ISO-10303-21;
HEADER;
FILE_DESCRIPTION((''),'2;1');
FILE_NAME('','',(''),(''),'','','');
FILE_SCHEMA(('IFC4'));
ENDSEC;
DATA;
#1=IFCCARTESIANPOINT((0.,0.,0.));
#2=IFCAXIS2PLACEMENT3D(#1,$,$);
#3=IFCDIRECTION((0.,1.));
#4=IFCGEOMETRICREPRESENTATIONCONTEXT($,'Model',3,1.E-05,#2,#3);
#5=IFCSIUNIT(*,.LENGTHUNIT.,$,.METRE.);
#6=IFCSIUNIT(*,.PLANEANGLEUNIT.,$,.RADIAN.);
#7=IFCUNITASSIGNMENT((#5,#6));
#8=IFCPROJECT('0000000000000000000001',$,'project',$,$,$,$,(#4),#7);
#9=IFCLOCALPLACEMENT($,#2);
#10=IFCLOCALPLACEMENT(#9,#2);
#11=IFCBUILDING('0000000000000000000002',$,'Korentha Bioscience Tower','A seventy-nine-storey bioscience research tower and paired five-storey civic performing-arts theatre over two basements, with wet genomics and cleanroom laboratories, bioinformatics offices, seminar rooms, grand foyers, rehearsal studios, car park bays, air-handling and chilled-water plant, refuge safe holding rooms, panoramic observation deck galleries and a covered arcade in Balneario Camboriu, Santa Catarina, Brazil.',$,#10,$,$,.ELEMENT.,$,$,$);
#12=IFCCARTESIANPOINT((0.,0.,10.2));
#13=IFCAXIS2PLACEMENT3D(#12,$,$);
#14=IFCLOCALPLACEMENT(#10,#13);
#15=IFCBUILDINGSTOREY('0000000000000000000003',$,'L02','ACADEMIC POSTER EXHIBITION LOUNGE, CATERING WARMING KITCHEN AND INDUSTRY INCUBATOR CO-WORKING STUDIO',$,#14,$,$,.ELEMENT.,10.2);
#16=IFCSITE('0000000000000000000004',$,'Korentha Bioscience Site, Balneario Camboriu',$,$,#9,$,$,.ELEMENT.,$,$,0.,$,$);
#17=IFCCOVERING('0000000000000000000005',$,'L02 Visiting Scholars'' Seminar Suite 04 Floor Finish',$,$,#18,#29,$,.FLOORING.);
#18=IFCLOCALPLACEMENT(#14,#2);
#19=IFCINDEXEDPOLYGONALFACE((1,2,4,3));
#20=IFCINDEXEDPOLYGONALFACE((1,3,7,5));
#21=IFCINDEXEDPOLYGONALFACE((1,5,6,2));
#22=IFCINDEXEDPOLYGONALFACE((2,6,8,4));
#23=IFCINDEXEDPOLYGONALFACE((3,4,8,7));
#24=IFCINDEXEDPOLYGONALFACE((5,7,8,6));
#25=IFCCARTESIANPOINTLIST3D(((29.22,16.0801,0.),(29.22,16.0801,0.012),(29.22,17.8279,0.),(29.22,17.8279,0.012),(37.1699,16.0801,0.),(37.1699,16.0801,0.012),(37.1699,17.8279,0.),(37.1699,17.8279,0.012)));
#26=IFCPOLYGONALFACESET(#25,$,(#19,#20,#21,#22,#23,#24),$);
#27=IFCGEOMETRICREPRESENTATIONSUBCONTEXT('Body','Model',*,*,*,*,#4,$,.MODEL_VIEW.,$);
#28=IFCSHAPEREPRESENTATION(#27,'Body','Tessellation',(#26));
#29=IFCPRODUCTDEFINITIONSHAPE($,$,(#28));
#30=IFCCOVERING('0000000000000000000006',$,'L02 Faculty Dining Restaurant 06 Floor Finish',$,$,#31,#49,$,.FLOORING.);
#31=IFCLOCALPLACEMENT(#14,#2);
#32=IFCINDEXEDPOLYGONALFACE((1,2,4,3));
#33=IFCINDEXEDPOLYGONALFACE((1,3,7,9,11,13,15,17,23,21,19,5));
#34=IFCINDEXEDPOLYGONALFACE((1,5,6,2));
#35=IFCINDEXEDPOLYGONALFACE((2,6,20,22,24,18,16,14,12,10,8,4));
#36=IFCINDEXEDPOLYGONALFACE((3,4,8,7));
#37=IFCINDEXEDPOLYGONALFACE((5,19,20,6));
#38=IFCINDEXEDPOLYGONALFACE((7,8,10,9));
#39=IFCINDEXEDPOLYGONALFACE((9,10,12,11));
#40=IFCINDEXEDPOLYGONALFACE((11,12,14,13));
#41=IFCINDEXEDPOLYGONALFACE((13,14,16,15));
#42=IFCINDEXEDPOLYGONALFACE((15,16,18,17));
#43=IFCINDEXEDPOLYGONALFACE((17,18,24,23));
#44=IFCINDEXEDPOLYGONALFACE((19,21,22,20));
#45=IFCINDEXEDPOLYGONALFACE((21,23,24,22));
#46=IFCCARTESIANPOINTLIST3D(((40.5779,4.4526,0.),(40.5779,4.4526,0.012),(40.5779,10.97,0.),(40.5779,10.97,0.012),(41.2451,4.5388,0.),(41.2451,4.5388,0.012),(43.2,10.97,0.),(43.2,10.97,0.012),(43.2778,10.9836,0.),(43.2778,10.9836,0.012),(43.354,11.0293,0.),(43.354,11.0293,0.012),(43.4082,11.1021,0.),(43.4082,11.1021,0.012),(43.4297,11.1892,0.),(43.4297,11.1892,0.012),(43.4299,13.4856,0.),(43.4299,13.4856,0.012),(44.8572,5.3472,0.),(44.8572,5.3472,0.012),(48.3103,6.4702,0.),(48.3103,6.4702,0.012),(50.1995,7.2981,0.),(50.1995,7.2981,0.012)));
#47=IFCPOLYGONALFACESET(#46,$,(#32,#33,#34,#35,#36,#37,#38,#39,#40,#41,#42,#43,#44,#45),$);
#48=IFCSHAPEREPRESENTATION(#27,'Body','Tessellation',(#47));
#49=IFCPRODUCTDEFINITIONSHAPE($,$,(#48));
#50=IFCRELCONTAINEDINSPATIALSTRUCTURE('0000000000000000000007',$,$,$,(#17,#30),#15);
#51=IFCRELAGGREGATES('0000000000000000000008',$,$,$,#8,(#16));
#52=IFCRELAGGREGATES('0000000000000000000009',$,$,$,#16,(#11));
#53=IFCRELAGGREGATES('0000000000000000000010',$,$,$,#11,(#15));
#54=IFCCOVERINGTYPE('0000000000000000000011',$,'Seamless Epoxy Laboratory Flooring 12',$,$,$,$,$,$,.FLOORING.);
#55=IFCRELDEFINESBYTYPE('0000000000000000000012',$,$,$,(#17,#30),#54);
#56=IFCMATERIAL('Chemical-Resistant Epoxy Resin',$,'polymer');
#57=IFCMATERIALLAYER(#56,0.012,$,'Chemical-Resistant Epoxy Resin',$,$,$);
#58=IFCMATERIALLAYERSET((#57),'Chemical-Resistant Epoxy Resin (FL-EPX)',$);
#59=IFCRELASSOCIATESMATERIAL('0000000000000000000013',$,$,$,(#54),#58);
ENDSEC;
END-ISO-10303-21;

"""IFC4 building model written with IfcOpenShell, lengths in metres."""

from ifc_helpers import new_model, si_unit, direction, frame, origin, place, context, subcontext, project, spatial, polyline, outline, extrude, material, layer, layer_set, type_object, element, save


model = new_model("IFC4")

# Units and contexts
model_context = context("Model", 3, precision=1e-05, world=origin(), true_north=direction((0.0, 1.0)))
body_context = subcontext(model_context, "Body", "Model", "MODEL_VIEW")
ifc_project = project(units=[si_unit("LENGTHUNIT", "METRE"), si_unit("PLANEANGLEUNIT", "RADIAN")], contexts=[model_context])

# Site, building, storey
site_placement = place(None, origin())
site = spatial("IfcSite", under=ifc_project, at=site_placement, Name="Korentha Bioscience Site, Balneario Camboriu", CompositionType="ELEMENT", RefElevation=0.0)
building_placement = place(site_placement, origin())
building = spatial("IfcBuilding", under=site, at=building_placement, Name="Korentha Bioscience Tower", Description="A seventy-nine-storey bioscience research tower and paired five-storey civic performing-arts theatre over two basements, with wet genomics and cleanroom laboratories, bioinformatics offices, seminar rooms, grand foyers, rehearsal studios, car park bays, air-handling and chilled-water plant, refuge safe holding rooms, panoramic observation deck galleries and a covered arcade in Balneario Camboriu, Santa Catarina, Brazil.", CompositionType="ELEMENT")
storey_placement = place(building_placement, frame((0.0, 0.0, 10.2)))
storey = spatial("IfcBuildingStorey", under=building, at=storey_placement, Name="L02", Description="ACADEMIC POSTER EXHIBITION LOUNGE, CATERING WARMING KITCHEN AND INDUSTRY INCUBATOR CO-WORKING STUDIO", CompositionType="ELEMENT", Elevation=10.2)

# Coverings
ifc_material_1 = material(Name="Chemical-Resistant Epoxy Resin", Category="polymer")
ifc_layer_1 = layer(ifc_material_1, 0.012, Name="Chemical-Resistant Epoxy Resin")
ifc_layer_set_1 = layer_set([ifc_layer_1], Name="Chemical-Resistant Epoxy Resin (FL-EPX)")
covering_type_1 = type_object("IfcCoveringType", Name="Seamless Epoxy Laboratory Flooring 12", PredefinedType="FLOORING", material=ifc_layer_set_1)
covering_1_placement = place(storey_placement, origin())
element("IfcCovering", 1, at=covering_1_placement, inside=storey, type_object=covering_type_1, Name="L02 Visiting Scholars' Seminar Suite 04 Floor Finish", PredefinedType="FLOORING", context=body_context, shape_type="SweptSolid", body=[
    extrude(outline(polyline([(29.22, 17.8279), (37.1699, 17.8279), (37.1699, 16.0801), (29.22, 16.0801), (29.22, 17.8279)])), origin(), (0.0, 0.0, 1.0), 0.012),
])
covering_2_placement = place(storey_placement, origin())
element("IfcCovering", 2, at=covering_2_placement, inside=storey, type_object=covering_type_1, Name="L02 Faculty Dining Restaurant 06 Floor Finish", PredefinedType="FLOORING", context=body_context, shape_type="SweptSolid", body=[
    extrude(outline(polyline([(41.2451, 4.5388), (40.5779, 4.4526), (40.5779, 10.97), (43.2, 10.97), (43.2778, 10.9836), (43.354, 11.0293), (43.4082, 11.1021), (43.4297, 11.1892), (43.4299, 13.4856), (50.1995, 7.2981), (48.3103, 6.4702), (44.8572, 5.3472), (41.2451, 4.5388)])), origin(), (0.0, 0.0, 1.0), 0.012),
])

save(model, "model.ifc")
